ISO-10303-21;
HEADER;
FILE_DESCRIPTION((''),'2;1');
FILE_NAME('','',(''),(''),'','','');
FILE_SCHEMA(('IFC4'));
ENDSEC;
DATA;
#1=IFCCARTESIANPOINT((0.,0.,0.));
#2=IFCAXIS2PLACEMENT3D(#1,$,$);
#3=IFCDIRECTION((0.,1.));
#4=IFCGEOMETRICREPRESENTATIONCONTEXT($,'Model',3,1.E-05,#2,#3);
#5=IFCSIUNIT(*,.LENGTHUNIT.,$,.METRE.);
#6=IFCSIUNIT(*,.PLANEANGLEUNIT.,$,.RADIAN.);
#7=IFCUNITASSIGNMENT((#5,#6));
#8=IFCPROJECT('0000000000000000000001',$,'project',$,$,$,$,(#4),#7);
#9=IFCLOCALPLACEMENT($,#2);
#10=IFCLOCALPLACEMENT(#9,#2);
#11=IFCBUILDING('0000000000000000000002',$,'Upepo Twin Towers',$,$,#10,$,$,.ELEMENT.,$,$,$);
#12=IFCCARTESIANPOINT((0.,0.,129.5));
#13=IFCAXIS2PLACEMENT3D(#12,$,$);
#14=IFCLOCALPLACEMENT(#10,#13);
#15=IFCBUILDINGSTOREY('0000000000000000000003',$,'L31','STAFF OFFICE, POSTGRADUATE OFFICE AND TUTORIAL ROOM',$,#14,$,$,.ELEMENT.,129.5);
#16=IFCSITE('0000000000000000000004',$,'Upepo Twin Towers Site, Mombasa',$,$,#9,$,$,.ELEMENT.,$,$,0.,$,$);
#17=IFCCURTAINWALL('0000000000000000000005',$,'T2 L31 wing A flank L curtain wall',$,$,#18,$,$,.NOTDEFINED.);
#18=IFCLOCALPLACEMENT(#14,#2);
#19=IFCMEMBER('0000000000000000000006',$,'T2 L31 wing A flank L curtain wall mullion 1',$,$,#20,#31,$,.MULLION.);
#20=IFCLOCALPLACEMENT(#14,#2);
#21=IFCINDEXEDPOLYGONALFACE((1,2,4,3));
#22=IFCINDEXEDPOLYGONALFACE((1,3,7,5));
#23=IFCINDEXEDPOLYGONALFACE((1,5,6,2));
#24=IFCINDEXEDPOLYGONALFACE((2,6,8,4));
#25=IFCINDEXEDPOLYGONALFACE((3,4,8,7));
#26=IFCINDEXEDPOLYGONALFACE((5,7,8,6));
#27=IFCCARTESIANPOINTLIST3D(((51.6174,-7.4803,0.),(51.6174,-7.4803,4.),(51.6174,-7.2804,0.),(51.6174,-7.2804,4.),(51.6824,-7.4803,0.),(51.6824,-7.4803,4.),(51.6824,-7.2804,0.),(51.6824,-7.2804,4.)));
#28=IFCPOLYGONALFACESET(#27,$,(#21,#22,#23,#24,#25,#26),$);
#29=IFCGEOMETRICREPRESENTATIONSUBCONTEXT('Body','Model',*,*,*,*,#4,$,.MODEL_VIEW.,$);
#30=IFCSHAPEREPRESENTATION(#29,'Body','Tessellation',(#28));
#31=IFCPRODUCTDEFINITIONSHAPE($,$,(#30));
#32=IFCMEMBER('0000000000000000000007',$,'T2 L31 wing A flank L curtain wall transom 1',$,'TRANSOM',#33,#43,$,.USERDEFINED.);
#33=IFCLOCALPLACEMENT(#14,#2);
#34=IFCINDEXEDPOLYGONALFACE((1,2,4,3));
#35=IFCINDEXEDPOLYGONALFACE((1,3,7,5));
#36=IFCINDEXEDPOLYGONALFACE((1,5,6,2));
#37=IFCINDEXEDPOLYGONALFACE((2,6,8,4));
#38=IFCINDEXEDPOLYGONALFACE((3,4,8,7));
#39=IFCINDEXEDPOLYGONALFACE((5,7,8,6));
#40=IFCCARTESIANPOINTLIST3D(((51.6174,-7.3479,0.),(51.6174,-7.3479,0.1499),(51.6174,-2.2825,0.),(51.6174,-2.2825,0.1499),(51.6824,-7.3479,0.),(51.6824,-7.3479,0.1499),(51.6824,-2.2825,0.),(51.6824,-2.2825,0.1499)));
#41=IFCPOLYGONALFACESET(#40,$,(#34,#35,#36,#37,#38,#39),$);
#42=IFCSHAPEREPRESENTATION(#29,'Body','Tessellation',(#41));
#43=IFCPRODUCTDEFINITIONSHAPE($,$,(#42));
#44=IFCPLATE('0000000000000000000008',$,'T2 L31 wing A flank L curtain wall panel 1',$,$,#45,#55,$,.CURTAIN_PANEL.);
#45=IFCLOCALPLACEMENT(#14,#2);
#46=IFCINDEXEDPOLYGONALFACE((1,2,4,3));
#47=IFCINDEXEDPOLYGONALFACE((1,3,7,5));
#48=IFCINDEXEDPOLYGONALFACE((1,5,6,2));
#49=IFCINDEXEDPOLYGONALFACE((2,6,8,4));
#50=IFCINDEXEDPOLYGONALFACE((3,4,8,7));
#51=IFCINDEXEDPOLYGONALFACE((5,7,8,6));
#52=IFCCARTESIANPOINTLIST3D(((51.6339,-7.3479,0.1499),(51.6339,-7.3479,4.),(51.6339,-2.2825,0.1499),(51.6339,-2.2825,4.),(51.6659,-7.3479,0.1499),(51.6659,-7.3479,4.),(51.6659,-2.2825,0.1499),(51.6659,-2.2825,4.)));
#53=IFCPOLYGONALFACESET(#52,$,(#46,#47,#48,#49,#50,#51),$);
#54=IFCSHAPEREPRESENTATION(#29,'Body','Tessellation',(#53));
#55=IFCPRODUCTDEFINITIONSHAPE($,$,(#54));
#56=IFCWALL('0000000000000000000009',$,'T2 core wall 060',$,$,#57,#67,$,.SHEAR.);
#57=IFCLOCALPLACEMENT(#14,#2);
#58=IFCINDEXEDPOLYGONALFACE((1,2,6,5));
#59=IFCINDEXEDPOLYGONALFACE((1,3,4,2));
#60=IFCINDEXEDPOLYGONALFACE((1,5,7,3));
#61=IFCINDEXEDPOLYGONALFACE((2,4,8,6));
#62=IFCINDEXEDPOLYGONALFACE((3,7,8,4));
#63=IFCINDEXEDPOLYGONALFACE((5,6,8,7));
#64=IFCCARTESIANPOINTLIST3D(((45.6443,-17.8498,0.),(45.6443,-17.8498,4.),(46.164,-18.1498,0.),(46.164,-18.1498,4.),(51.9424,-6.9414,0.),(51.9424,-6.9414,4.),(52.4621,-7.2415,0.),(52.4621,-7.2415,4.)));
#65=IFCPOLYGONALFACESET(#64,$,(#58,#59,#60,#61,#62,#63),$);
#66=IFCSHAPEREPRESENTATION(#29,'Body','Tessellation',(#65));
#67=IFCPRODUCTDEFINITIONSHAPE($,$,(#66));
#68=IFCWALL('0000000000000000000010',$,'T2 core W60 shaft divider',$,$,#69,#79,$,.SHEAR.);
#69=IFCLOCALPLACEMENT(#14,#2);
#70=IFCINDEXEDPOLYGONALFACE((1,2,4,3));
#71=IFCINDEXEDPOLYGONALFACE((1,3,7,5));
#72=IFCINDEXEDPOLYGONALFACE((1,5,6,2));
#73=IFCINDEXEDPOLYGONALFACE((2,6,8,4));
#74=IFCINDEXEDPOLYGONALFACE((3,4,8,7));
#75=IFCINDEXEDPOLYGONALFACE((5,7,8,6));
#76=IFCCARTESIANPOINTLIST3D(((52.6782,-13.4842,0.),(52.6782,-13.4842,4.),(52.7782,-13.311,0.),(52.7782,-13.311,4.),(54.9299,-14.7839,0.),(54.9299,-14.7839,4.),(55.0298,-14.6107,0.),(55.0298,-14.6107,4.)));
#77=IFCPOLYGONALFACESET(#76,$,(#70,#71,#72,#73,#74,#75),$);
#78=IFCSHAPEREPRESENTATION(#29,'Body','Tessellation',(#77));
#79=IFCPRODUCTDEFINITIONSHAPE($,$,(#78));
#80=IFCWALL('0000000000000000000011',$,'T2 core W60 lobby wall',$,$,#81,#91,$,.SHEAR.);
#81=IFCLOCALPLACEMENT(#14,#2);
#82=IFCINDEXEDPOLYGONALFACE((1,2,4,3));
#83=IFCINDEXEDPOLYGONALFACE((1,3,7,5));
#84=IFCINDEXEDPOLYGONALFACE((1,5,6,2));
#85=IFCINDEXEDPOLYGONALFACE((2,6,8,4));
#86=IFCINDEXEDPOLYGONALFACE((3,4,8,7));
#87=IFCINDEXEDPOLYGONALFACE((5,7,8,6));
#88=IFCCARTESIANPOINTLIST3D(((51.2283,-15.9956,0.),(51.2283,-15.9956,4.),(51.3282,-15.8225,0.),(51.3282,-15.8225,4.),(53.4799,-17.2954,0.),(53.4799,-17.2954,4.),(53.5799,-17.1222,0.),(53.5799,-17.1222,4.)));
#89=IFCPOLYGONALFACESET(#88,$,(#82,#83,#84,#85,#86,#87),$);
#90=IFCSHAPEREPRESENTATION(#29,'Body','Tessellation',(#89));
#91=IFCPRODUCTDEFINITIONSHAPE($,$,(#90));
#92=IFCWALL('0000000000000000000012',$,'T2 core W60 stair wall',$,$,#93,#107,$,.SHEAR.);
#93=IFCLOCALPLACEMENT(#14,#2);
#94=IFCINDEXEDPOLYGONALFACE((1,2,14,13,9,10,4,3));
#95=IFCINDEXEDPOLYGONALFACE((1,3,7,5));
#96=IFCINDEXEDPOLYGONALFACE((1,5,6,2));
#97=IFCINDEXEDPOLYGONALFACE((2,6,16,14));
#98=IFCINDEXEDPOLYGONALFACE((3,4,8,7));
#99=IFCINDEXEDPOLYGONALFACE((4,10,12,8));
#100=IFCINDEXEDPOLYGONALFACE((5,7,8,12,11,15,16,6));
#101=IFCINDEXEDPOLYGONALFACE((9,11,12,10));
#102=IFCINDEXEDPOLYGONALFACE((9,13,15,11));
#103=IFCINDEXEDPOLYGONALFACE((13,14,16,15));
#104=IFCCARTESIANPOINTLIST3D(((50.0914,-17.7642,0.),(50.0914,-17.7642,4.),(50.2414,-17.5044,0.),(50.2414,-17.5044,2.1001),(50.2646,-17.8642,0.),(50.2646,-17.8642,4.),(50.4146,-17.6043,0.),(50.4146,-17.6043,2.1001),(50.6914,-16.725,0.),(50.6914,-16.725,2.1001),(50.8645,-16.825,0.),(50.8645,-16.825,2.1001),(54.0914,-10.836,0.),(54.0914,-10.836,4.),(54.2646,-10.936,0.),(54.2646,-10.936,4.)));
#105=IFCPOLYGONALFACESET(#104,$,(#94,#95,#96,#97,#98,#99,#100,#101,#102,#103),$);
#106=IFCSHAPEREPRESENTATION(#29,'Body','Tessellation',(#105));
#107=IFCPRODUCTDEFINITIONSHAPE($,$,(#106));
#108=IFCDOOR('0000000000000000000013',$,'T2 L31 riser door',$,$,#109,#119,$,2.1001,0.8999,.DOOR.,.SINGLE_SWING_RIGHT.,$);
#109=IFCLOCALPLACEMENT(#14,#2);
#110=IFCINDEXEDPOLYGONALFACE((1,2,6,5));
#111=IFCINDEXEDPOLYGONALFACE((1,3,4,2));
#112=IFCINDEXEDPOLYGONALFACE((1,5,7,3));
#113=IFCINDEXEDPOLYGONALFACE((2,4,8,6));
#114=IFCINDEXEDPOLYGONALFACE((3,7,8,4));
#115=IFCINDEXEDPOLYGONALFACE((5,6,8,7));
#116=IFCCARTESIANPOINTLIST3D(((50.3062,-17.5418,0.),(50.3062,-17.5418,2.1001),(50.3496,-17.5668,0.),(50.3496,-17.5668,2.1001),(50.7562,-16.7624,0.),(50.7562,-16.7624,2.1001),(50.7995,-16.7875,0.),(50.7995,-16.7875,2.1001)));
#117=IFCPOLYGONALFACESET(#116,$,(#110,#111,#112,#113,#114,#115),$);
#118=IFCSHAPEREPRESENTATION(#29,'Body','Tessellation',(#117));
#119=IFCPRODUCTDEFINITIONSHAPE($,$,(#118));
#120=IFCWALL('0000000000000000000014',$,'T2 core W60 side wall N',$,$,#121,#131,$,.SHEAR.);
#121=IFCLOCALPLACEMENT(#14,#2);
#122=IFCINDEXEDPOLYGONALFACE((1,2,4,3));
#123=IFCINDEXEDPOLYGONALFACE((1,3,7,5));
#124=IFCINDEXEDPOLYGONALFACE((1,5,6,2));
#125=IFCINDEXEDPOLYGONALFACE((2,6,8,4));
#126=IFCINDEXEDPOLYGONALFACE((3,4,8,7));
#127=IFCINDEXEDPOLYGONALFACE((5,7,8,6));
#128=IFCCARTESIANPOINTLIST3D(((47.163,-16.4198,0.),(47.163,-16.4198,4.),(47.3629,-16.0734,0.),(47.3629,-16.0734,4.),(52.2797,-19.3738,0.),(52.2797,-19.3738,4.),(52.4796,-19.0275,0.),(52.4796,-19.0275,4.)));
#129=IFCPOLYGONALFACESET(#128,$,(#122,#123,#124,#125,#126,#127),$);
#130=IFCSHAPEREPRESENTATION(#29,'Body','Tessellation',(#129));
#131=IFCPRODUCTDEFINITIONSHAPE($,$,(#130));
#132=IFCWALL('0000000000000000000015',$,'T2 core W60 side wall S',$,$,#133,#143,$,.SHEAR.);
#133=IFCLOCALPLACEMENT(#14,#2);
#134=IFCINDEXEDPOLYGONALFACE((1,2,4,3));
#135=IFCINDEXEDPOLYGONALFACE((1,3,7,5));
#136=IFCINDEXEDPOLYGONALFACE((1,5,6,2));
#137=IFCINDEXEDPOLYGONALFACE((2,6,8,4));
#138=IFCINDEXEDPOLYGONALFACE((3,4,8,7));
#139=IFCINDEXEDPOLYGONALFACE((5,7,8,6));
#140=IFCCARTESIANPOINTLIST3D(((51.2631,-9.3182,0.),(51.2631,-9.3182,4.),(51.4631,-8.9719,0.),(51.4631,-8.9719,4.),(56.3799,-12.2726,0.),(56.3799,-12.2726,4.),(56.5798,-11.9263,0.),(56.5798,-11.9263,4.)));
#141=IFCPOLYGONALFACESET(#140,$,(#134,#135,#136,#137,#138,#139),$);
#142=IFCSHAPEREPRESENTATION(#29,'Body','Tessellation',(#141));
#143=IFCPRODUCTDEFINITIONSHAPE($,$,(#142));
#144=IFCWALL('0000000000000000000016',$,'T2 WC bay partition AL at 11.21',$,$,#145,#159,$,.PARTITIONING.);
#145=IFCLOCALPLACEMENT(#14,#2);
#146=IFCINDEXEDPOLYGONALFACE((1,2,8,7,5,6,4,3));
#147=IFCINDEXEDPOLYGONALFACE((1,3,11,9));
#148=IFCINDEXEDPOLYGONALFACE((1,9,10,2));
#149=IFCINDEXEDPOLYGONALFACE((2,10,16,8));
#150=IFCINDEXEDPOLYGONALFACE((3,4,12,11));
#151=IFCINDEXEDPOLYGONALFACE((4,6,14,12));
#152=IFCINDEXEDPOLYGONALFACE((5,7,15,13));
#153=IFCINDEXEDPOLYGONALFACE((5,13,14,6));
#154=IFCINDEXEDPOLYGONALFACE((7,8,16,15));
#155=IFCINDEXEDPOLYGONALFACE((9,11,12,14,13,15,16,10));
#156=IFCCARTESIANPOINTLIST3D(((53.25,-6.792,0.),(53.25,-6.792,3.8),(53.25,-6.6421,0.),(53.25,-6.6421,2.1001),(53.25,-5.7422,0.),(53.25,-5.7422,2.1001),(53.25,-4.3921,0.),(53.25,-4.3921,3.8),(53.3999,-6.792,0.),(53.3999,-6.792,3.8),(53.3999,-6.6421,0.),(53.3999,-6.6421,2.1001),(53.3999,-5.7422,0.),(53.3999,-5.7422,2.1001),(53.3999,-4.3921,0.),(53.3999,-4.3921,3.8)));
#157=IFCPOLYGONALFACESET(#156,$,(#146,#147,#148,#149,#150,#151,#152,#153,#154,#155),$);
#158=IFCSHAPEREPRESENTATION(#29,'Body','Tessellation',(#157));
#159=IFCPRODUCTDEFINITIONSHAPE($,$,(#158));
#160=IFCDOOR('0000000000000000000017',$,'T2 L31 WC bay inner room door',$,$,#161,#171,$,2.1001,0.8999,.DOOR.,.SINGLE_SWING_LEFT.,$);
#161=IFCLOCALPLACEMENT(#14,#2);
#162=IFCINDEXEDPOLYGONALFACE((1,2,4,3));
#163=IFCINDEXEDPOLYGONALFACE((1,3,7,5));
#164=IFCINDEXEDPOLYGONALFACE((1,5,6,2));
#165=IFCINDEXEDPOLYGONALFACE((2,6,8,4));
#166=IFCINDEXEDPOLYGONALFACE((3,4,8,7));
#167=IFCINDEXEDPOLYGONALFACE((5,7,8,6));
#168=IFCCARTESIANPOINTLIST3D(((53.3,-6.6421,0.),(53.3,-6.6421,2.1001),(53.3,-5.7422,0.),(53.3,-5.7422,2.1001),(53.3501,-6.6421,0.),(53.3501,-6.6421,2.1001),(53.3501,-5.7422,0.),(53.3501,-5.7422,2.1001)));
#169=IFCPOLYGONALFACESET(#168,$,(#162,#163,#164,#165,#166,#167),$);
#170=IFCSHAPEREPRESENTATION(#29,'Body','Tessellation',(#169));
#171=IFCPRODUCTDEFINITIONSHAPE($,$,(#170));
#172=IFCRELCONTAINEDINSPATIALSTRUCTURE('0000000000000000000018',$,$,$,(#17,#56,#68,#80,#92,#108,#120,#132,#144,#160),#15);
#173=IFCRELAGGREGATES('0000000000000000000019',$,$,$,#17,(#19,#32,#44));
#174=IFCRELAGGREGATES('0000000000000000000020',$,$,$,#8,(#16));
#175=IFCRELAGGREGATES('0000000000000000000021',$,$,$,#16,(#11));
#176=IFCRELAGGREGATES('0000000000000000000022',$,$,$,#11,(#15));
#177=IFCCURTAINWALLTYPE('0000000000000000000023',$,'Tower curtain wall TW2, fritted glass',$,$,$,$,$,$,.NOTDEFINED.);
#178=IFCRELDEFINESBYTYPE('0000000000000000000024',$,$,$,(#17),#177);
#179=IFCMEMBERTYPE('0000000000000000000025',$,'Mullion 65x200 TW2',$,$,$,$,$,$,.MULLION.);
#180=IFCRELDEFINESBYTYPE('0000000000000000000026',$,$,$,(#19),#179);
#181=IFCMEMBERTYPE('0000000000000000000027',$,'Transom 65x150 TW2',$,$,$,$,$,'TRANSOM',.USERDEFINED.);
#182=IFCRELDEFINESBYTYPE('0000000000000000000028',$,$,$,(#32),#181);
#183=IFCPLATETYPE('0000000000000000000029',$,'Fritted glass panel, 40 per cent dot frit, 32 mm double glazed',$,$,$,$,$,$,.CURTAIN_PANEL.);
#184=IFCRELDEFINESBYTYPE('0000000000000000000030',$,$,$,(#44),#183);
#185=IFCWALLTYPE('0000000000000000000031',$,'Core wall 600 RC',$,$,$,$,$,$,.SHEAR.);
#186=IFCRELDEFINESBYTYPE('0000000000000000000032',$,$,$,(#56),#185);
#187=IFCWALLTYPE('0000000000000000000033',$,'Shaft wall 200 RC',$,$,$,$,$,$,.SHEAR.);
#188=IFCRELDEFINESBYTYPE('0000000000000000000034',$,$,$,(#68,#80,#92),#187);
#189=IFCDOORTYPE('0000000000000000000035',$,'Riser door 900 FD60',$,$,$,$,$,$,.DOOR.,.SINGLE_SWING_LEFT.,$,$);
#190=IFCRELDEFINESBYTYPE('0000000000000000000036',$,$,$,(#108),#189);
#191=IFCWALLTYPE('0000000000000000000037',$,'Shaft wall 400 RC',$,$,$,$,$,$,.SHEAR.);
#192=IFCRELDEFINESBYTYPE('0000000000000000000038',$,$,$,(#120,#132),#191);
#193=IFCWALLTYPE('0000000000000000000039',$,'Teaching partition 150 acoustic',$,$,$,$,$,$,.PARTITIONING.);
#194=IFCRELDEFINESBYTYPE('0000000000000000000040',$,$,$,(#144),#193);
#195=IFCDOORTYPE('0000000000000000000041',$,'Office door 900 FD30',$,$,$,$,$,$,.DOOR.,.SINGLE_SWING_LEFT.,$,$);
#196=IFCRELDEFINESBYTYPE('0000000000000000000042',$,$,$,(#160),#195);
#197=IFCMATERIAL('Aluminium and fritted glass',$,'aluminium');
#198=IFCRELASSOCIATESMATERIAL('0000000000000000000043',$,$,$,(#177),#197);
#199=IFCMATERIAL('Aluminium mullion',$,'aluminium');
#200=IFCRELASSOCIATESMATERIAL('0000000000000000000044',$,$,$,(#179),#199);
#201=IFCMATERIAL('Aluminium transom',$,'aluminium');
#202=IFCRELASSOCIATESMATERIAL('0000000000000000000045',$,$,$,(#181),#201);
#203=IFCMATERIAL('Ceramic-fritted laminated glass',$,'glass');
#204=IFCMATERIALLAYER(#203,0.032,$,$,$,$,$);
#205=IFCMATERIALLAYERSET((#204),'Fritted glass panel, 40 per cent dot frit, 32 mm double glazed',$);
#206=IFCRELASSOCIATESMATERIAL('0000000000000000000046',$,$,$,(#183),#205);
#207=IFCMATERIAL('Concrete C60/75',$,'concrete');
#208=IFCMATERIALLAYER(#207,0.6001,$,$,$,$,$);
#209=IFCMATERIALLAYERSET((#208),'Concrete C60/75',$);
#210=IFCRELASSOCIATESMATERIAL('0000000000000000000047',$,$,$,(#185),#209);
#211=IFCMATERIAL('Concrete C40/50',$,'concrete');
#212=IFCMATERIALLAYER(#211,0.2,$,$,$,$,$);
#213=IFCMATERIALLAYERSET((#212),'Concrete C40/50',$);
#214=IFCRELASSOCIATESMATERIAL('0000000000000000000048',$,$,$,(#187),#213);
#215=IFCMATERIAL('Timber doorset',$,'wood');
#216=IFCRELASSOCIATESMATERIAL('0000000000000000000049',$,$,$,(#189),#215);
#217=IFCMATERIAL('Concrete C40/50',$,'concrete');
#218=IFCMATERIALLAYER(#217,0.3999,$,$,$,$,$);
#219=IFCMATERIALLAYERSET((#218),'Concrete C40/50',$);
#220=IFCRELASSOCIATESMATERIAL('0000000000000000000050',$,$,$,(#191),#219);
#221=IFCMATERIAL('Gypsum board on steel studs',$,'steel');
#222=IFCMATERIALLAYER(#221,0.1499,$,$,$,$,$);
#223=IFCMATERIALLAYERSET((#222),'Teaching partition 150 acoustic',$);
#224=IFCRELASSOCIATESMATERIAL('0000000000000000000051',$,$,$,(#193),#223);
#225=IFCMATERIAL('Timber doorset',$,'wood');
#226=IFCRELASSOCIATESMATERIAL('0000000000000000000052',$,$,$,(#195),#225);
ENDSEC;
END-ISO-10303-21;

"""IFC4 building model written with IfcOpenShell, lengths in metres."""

from ifc_helpers import new_model, si_unit, direction, frame, frame_2d, origin, origin_2d, place, context, subcontext, project, spatial, rectangle, extrude, material, layer, layer_set, material_profile, profile_set, type_object, element, fill, aggregate, save


model = new_model("IFC4")

# Units and contexts
model_context = context("Model", 3, precision=1e-05, world=origin(), true_north=direction((0.0, 1.0)))
body_context = subcontext(model_context, "Body", "Model", "MODEL_VIEW")
ifc_project = project(units=[si_unit("LENGTHUNIT", "METRE"), si_unit("PLANEANGLEUNIT", "RADIAN")], contexts=[model_context])

# Site, building, storey
site_placement = place(None, origin())
site = spatial("IfcSite", under=ifc_project, at=site_placement, Name="Upepo Twin Towers Site, Mombasa", CompositionType="ELEMENT", RefElevation=0.0)
building_placement = place(site_placement, origin())
building = spatial("IfcBuilding", under=site, at=building_placement, Name="Upepo Twin Towers", CompositionType="ELEMENT")
storey_placement = place(building_placement, frame((0.0, 0.0, 129.5)))
storey = spatial("IfcBuildingStorey", under=building, at=storey_placement, Name="L31", Description="STAFF OFFICE, POSTGRADUATE OFFICE AND TUTORIAL ROOM", CompositionType="ELEMENT", Elevation=129.5)

# Curtain wall, members, plate
ifc_material_1 = material(Name="Aluminium and fritted glass", Category="aluminium")
curtain_wall_type = type_object("IfcCurtainWallType", Name="Tower curtain wall TW2, fritted glass", PredefinedType="NOTDEFINED", material=ifc_material_1)
curtain_wall_placement = place(storey_placement, origin())
curtain_wall = element("IfcCurtainWall", 1, at=curtain_wall_placement, inside=storey, type_object=curtain_wall_type, Name="T2 L31 wing A flank L curtain wall", PredefinedType="NOTDEFINED")
ifc_material_2 = material(Name="Aluminium mullion", Category="aluminium")
ifc_material_profile_1 = material_profile(ifc_material_2, rectangle(XDim=0.0649, YDim=0.2, at=origin_2d()), Name="MULLION 65x200")
ifc_profile_set_1 = profile_set([ifc_material_profile_1], Name="Aluminium mullion")
member_type_1 = type_object("IfcMemberType", Name="Mullion 65x200 TW2", PredefinedType="MULLION", material=ifc_profile_set_1)
member_1_placement = place(storey_placement, frame((51.6499, -7.3804, 0.0), z_axis=(0.0, 0.0, 1.0), x_axis=(-1.0, 0.0, 0.0)))
member_1 = element("IfcMember", 2, at=member_1_placement, type_object=member_type_1, Name="T2 L31 wing A flank L curtain wall mullion 1", PredefinedType="MULLION", context=body_context, shape_type="SweptSolid", body=[
    extrude(rectangle(XDim=0.0649, YDim=0.2, at=origin_2d()), origin(), (0.0, 0.0, 1.0), 4.0),
])
ifc_material_3 = material(Name="Aluminium transom", Category="aluminium")
ifc_material_profile_2 = material_profile(ifc_material_3, rectangle(XDim=0.0649, YDim=0.1499, at=origin_2d()), Name="TRANSOM 65x150")
ifc_profile_set_2 = profile_set([ifc_material_profile_2], Name="Aluminium transom")
member_type_2 = type_object("IfcMemberType", Name="Transom 65x150 TW2", ElementType="TRANSOM", PredefinedType="USERDEFINED", material=ifc_profile_set_2)
member_2_placement = place(storey_placement, frame((51.6499, -7.3479, 0.075), z_axis=(0.0, 1.0, 0.0), x_axis=(-1.0, 0.0, 0.0)))
member_2 = element("IfcMember", 3, at=member_2_placement, type_object=member_type_2, Name="T2 L31 wing A flank L curtain wall transom 1", ObjectType="TRANSOM", PredefinedType="USERDEFINED", context=body_context, shape_type="SweptSolid", body=[
    extrude(rectangle(XDim=0.0649, YDim=0.1499, at=origin_2d()), origin(), (0.0, 0.0, 1.0), 5.0654),
])
ifc_material_4 = material(Name="Ceramic-fritted laminated glass", Category="glass")
ifc_layer_1 = layer(ifc_material_4, 0.032)
ifc_layer_set_1 = layer_set([ifc_layer_1], Name="Fritted glass panel, 40 per cent dot frit, 32 mm double glazed")
plate_type = type_object("IfcPlateType", Name="Fritted glass panel, 40 per cent dot frit, 32 mm double glazed", PredefinedType="CURTAIN_PANEL", material=ifc_layer_set_1)
plate_placement = place(storey_placement, frame((51.6499, -4.8152, 0.1499), z_axis=(0.0, 0.0, 1.0), x_axis=(0.0, 1.0, 0.0)))
plate = element("IfcPlate", 4, at=plate_placement, type_object=plate_type, Name="T2 L31 wing A flank L curtain wall panel 1", PredefinedType="CURTAIN_PANEL", context=body_context, shape_type="SweptSolid", body=[
    extrude(rectangle(XDim=5.0654, YDim=0.032, at=origin_2d()), origin(), (0.0, 0.0, 1.0), 3.8501),
])
aggregate(curtain_wall, [member_1, member_2, plate])

# Walls
ifc_material_5 = material(Name="Concrete C60/75", Category="concrete")
ifc_layer_2 = layer(ifc_material_5, 0.6001)
ifc_layer_set_2 = layer_set([ifc_layer_2], Name="Concrete C60/75")
wall_type_1 = type_object("IfcWallType", Name="Core wall 600 RC", PredefinedType="SHEAR", material=ifc_layer_set_2)
wall_1_placement = place(storey_placement, frame((52.2021, -7.0916, 0.0), z_axis=(0.0, 0.0, 1.0), x_axis=(-0.500006, -0.866022, 0.0)))
element("IfcWall", 5, at=wall_1_placement, inside=storey, type_object=wall_type_1, Name="T2 core wall 060", PredefinedType="SHEAR", context=body_context, shape_type="SweptSolid", body=[
    extrude(rectangle(XDim=12.5959, YDim=0.6001, at=frame_2d((6.2979, 0.0))), origin(), (0.0, 0.0, 1.0), 4.0),
])
ifc_material_6 = material(Name="Concrete C40/50", Category="concrete")
ifc_layer_3 = layer(ifc_material_6, 0.2)
ifc_layer_set_3 = layer_set([ifc_layer_3], Name="Concrete C40/50")
wall_type_2 = type_object("IfcWallType", Name="Shaft wall 200 RC", PredefinedType="SHEAR", material=ifc_layer_set_3)
for number, where, z_axis, x_axis, name in (
    (6, (54.9797, -14.6973, 0.0), (0.0, 0.0, 1.0), (-0.866062, 0.499937, 0.0), "T2 core W60 shaft divider"),
    (7, (53.5298, -17.2087, 0.0), (0.0, 0.0, 1.0), (-0.866062, 0.499937, 0.0), "T2 core W60 lobby wall"),
):
    element("IfcWall", number, at=place(storey_placement, frame(where, z_axis=z_axis, x_axis=x_axis)), inside=storey, type_object=wall_type_2, Name=name, PredefinedType="SHEAR", context=body_context, shape_type="SweptSolid", body=[
        extrude(rectangle(XDim=2.5999, YDim=0.2, at=frame_2d((1.2998, 0.0))), origin(), (0.0, 0.0, 1.0), 4.0),
    ])

# Wall, opening, door
wall_2_placement = place(storey_placement, frame((54.178, -10.886, 0.0), z_axis=(0.0, 0.0, 1.0), x_axis=(-0.499999, -0.866026, 0.0)))
wall_2 = element("IfcWall", 8, at=wall_2_placement, inside=storey, type_object=wall_type_2, Name="T2 core W60 stair wall", PredefinedType="SHEAR", context=body_context, shape_type="SweptSolid", body=[
    extrude(rectangle(XDim=8.0, YDim=0.2, at=frame_2d((4.0, 0.0))), origin(), (0.0, 0.0, 1.0), 4.0),
])
opening_1_placement = place(wall_2_placement, frame((6.8, 0.0, 0.0)))
opening_1 = element("IfcOpeningElement", 9, at=opening_1_placement, cuts=wall_2, PredefinedType="OPENING", context=body_context, shape_type="SweptSolid", body=[
    extrude(rectangle(XDim=0.8999, YDim=2.1001, at=frame_2d((0.45, 1.05))), frame((0.0, 0.1099, 0.0), z_axis=(0.0, -1.0, 0.0), x_axis=(1.0, 0.0, 0.0)), (0.0, 0.0, 1.0), 0.22),
])
ifc_material_7 = material(Name="Timber doorset", Category="wood")
door_type_1 = type_object("IfcDoorType", Name="Riser door 900 FD60", OperationType="SINGLE_SWING_LEFT", PredefinedType="DOOR", material=ifc_material_7)
door_1_placement = place(opening_1_placement, origin())
door_1 = element("IfcDoor", 10, at=door_1_placement, inside=storey, type_object=door_type_1, Name="T2 L31 riser door", OperationType="SINGLE_SWING_RIGHT", OverallHeight=2.1001, OverallWidth=0.8999, PredefinedType="DOOR", context=body_context, shape_type="SweptSolid", body=[
    extrude(rectangle(XDim=0.8999, YDim=2.1001, at=frame_2d((0.45, 1.05))), frame((0.0, 0.0249, 0.0), z_axis=(0.0, -1.0, 0.0), x_axis=(1.0, 0.0, 0.0)), (0.0, 0.0, 1.0), 0.05),
])
fill(opening_1, door_1)

# Walls
ifc_material_8 = material(Name="Concrete C40/50", Category="concrete")
ifc_layer_4 = layer(ifc_material_8, 0.3999)
ifc_layer_set_4 = layer_set([ifc_layer_4], Name="Concrete C40/50")
wall_type_3 = type_object("IfcWallType", Name="Shaft wall 400 RC", PredefinedType="SHEAR", material=ifc_layer_set_4)
wall_3_placement = place(storey_placement, frame((52.3796, -19.2007, 0.0), z_axis=(0.0, 0.0, 1.0), x_axis=(-0.866027, 0.499997, 0.0)))
element("IfcWall", 11, at=wall_3_placement, inside=storey, type_object=wall_type_3, Name="T2 core W60 side wall N", PredefinedType="SHEAR", context=body_context, shape_type="SweptSolid", body=[
    extrude(rectangle(XDim=5.9082, YDim=0.3999, at=frame_2d((2.9541, 0.0))), origin(), (0.0, 0.0, 1.0), 4.0),
])
wall_4_placement = place(storey_placement, frame((56.4797, -12.0994, 0.0), z_axis=(0.0, 0.0, 1.0), x_axis=(-0.866009, 0.500028, 0.0)))
element("IfcWall", 12, at=wall_4_placement, inside=storey, type_object=wall_type_3, Name="T2 core W60 side wall S", PredefinedType="SHEAR", context=body_context, shape_type="SweptSolid", body=[
    extrude(rectangle(XDim=5.9084, YDim=0.3999, at=frame_2d((2.9541, 0.0))), origin(), (0.0, 0.0, 1.0), 4.0),
])

# Wall, opening, door
ifc_material_9 = material(Name="Gypsum board on steel studs", Category="steel")
ifc_layer_5 = layer(ifc_material_9, 0.1499)
ifc_layer_set_5 = layer_set([ifc_layer_5], Name="Teaching partition 150 acoustic")
wall_type_4 = type_object("IfcWallType", Name="Teaching partition 150 acoustic", PredefinedType="PARTITIONING", material=ifc_layer_set_5)
wall_5_placement = place(storey_placement, frame((53.325, -6.792, 0.0), z_axis=(0.0, 0.0, 1.0), x_axis=(0.0, 1.0, 0.0)))
wall_5 = element("IfcWall", 13, at=wall_5_placement, inside=storey, type_object=wall_type_4, Name="T2 WC bay partition AL at 11.21", PredefinedType="PARTITIONING", context=body_context, shape_type="SweptSolid", body=[
    extrude(rectangle(XDim=2.3999, YDim=0.1499, at=frame_2d((1.2, 0.0))), origin(), (0.0, 0.0, 1.0), 3.8),
])
opening_2_placement = place(wall_5_placement, frame((0.1499, 0.0, 0.0)))
opening_2 = element("IfcOpeningElement", 14, at=opening_2_placement, cuts=wall_5, PredefinedType="OPENING", context=body_context, shape_type="SweptSolid", body=[
    extrude(rectangle(XDim=0.8999, YDim=2.1001, at=frame_2d((0.45, 1.05))), frame((0.0, 0.085, 0.0), z_axis=(0.0, -1.0, 0.0), x_axis=(1.0, 0.0, 0.0)), (0.0, 0.0, 1.0), 0.1699),
])
ifc_material_10 = material(Name="Timber doorset", Category="wood")
door_type_2 = type_object("IfcDoorType", Name="Office door 900 FD30", OperationType="SINGLE_SWING_LEFT", PredefinedType="DOOR", material=ifc_material_10)
door_2_placement = place(opening_2_placement, origin())
door_2 = element("IfcDoor", 15, at=door_2_placement, inside=storey, type_object=door_type_2, Name="T2 L31 WC bay inner room door", OperationType="SINGLE_SWING_LEFT", OverallHeight=2.1001, OverallWidth=0.8999, PredefinedType="DOOR", context=body_context, shape_type="SweptSolid", body=[
    extrude(rectangle(XDim=0.8999, YDim=2.1001, at=frame_2d((0.45, 1.05))), frame((0.0, 0.0249, 0.0), z_axis=(0.0, -1.0, 0.0), x_axis=(1.0, 0.0, 0.0)), (0.0, 0.0, 1.0), 0.05),
])
fill(opening_2, door_2)

save(model, "model.ifc")
